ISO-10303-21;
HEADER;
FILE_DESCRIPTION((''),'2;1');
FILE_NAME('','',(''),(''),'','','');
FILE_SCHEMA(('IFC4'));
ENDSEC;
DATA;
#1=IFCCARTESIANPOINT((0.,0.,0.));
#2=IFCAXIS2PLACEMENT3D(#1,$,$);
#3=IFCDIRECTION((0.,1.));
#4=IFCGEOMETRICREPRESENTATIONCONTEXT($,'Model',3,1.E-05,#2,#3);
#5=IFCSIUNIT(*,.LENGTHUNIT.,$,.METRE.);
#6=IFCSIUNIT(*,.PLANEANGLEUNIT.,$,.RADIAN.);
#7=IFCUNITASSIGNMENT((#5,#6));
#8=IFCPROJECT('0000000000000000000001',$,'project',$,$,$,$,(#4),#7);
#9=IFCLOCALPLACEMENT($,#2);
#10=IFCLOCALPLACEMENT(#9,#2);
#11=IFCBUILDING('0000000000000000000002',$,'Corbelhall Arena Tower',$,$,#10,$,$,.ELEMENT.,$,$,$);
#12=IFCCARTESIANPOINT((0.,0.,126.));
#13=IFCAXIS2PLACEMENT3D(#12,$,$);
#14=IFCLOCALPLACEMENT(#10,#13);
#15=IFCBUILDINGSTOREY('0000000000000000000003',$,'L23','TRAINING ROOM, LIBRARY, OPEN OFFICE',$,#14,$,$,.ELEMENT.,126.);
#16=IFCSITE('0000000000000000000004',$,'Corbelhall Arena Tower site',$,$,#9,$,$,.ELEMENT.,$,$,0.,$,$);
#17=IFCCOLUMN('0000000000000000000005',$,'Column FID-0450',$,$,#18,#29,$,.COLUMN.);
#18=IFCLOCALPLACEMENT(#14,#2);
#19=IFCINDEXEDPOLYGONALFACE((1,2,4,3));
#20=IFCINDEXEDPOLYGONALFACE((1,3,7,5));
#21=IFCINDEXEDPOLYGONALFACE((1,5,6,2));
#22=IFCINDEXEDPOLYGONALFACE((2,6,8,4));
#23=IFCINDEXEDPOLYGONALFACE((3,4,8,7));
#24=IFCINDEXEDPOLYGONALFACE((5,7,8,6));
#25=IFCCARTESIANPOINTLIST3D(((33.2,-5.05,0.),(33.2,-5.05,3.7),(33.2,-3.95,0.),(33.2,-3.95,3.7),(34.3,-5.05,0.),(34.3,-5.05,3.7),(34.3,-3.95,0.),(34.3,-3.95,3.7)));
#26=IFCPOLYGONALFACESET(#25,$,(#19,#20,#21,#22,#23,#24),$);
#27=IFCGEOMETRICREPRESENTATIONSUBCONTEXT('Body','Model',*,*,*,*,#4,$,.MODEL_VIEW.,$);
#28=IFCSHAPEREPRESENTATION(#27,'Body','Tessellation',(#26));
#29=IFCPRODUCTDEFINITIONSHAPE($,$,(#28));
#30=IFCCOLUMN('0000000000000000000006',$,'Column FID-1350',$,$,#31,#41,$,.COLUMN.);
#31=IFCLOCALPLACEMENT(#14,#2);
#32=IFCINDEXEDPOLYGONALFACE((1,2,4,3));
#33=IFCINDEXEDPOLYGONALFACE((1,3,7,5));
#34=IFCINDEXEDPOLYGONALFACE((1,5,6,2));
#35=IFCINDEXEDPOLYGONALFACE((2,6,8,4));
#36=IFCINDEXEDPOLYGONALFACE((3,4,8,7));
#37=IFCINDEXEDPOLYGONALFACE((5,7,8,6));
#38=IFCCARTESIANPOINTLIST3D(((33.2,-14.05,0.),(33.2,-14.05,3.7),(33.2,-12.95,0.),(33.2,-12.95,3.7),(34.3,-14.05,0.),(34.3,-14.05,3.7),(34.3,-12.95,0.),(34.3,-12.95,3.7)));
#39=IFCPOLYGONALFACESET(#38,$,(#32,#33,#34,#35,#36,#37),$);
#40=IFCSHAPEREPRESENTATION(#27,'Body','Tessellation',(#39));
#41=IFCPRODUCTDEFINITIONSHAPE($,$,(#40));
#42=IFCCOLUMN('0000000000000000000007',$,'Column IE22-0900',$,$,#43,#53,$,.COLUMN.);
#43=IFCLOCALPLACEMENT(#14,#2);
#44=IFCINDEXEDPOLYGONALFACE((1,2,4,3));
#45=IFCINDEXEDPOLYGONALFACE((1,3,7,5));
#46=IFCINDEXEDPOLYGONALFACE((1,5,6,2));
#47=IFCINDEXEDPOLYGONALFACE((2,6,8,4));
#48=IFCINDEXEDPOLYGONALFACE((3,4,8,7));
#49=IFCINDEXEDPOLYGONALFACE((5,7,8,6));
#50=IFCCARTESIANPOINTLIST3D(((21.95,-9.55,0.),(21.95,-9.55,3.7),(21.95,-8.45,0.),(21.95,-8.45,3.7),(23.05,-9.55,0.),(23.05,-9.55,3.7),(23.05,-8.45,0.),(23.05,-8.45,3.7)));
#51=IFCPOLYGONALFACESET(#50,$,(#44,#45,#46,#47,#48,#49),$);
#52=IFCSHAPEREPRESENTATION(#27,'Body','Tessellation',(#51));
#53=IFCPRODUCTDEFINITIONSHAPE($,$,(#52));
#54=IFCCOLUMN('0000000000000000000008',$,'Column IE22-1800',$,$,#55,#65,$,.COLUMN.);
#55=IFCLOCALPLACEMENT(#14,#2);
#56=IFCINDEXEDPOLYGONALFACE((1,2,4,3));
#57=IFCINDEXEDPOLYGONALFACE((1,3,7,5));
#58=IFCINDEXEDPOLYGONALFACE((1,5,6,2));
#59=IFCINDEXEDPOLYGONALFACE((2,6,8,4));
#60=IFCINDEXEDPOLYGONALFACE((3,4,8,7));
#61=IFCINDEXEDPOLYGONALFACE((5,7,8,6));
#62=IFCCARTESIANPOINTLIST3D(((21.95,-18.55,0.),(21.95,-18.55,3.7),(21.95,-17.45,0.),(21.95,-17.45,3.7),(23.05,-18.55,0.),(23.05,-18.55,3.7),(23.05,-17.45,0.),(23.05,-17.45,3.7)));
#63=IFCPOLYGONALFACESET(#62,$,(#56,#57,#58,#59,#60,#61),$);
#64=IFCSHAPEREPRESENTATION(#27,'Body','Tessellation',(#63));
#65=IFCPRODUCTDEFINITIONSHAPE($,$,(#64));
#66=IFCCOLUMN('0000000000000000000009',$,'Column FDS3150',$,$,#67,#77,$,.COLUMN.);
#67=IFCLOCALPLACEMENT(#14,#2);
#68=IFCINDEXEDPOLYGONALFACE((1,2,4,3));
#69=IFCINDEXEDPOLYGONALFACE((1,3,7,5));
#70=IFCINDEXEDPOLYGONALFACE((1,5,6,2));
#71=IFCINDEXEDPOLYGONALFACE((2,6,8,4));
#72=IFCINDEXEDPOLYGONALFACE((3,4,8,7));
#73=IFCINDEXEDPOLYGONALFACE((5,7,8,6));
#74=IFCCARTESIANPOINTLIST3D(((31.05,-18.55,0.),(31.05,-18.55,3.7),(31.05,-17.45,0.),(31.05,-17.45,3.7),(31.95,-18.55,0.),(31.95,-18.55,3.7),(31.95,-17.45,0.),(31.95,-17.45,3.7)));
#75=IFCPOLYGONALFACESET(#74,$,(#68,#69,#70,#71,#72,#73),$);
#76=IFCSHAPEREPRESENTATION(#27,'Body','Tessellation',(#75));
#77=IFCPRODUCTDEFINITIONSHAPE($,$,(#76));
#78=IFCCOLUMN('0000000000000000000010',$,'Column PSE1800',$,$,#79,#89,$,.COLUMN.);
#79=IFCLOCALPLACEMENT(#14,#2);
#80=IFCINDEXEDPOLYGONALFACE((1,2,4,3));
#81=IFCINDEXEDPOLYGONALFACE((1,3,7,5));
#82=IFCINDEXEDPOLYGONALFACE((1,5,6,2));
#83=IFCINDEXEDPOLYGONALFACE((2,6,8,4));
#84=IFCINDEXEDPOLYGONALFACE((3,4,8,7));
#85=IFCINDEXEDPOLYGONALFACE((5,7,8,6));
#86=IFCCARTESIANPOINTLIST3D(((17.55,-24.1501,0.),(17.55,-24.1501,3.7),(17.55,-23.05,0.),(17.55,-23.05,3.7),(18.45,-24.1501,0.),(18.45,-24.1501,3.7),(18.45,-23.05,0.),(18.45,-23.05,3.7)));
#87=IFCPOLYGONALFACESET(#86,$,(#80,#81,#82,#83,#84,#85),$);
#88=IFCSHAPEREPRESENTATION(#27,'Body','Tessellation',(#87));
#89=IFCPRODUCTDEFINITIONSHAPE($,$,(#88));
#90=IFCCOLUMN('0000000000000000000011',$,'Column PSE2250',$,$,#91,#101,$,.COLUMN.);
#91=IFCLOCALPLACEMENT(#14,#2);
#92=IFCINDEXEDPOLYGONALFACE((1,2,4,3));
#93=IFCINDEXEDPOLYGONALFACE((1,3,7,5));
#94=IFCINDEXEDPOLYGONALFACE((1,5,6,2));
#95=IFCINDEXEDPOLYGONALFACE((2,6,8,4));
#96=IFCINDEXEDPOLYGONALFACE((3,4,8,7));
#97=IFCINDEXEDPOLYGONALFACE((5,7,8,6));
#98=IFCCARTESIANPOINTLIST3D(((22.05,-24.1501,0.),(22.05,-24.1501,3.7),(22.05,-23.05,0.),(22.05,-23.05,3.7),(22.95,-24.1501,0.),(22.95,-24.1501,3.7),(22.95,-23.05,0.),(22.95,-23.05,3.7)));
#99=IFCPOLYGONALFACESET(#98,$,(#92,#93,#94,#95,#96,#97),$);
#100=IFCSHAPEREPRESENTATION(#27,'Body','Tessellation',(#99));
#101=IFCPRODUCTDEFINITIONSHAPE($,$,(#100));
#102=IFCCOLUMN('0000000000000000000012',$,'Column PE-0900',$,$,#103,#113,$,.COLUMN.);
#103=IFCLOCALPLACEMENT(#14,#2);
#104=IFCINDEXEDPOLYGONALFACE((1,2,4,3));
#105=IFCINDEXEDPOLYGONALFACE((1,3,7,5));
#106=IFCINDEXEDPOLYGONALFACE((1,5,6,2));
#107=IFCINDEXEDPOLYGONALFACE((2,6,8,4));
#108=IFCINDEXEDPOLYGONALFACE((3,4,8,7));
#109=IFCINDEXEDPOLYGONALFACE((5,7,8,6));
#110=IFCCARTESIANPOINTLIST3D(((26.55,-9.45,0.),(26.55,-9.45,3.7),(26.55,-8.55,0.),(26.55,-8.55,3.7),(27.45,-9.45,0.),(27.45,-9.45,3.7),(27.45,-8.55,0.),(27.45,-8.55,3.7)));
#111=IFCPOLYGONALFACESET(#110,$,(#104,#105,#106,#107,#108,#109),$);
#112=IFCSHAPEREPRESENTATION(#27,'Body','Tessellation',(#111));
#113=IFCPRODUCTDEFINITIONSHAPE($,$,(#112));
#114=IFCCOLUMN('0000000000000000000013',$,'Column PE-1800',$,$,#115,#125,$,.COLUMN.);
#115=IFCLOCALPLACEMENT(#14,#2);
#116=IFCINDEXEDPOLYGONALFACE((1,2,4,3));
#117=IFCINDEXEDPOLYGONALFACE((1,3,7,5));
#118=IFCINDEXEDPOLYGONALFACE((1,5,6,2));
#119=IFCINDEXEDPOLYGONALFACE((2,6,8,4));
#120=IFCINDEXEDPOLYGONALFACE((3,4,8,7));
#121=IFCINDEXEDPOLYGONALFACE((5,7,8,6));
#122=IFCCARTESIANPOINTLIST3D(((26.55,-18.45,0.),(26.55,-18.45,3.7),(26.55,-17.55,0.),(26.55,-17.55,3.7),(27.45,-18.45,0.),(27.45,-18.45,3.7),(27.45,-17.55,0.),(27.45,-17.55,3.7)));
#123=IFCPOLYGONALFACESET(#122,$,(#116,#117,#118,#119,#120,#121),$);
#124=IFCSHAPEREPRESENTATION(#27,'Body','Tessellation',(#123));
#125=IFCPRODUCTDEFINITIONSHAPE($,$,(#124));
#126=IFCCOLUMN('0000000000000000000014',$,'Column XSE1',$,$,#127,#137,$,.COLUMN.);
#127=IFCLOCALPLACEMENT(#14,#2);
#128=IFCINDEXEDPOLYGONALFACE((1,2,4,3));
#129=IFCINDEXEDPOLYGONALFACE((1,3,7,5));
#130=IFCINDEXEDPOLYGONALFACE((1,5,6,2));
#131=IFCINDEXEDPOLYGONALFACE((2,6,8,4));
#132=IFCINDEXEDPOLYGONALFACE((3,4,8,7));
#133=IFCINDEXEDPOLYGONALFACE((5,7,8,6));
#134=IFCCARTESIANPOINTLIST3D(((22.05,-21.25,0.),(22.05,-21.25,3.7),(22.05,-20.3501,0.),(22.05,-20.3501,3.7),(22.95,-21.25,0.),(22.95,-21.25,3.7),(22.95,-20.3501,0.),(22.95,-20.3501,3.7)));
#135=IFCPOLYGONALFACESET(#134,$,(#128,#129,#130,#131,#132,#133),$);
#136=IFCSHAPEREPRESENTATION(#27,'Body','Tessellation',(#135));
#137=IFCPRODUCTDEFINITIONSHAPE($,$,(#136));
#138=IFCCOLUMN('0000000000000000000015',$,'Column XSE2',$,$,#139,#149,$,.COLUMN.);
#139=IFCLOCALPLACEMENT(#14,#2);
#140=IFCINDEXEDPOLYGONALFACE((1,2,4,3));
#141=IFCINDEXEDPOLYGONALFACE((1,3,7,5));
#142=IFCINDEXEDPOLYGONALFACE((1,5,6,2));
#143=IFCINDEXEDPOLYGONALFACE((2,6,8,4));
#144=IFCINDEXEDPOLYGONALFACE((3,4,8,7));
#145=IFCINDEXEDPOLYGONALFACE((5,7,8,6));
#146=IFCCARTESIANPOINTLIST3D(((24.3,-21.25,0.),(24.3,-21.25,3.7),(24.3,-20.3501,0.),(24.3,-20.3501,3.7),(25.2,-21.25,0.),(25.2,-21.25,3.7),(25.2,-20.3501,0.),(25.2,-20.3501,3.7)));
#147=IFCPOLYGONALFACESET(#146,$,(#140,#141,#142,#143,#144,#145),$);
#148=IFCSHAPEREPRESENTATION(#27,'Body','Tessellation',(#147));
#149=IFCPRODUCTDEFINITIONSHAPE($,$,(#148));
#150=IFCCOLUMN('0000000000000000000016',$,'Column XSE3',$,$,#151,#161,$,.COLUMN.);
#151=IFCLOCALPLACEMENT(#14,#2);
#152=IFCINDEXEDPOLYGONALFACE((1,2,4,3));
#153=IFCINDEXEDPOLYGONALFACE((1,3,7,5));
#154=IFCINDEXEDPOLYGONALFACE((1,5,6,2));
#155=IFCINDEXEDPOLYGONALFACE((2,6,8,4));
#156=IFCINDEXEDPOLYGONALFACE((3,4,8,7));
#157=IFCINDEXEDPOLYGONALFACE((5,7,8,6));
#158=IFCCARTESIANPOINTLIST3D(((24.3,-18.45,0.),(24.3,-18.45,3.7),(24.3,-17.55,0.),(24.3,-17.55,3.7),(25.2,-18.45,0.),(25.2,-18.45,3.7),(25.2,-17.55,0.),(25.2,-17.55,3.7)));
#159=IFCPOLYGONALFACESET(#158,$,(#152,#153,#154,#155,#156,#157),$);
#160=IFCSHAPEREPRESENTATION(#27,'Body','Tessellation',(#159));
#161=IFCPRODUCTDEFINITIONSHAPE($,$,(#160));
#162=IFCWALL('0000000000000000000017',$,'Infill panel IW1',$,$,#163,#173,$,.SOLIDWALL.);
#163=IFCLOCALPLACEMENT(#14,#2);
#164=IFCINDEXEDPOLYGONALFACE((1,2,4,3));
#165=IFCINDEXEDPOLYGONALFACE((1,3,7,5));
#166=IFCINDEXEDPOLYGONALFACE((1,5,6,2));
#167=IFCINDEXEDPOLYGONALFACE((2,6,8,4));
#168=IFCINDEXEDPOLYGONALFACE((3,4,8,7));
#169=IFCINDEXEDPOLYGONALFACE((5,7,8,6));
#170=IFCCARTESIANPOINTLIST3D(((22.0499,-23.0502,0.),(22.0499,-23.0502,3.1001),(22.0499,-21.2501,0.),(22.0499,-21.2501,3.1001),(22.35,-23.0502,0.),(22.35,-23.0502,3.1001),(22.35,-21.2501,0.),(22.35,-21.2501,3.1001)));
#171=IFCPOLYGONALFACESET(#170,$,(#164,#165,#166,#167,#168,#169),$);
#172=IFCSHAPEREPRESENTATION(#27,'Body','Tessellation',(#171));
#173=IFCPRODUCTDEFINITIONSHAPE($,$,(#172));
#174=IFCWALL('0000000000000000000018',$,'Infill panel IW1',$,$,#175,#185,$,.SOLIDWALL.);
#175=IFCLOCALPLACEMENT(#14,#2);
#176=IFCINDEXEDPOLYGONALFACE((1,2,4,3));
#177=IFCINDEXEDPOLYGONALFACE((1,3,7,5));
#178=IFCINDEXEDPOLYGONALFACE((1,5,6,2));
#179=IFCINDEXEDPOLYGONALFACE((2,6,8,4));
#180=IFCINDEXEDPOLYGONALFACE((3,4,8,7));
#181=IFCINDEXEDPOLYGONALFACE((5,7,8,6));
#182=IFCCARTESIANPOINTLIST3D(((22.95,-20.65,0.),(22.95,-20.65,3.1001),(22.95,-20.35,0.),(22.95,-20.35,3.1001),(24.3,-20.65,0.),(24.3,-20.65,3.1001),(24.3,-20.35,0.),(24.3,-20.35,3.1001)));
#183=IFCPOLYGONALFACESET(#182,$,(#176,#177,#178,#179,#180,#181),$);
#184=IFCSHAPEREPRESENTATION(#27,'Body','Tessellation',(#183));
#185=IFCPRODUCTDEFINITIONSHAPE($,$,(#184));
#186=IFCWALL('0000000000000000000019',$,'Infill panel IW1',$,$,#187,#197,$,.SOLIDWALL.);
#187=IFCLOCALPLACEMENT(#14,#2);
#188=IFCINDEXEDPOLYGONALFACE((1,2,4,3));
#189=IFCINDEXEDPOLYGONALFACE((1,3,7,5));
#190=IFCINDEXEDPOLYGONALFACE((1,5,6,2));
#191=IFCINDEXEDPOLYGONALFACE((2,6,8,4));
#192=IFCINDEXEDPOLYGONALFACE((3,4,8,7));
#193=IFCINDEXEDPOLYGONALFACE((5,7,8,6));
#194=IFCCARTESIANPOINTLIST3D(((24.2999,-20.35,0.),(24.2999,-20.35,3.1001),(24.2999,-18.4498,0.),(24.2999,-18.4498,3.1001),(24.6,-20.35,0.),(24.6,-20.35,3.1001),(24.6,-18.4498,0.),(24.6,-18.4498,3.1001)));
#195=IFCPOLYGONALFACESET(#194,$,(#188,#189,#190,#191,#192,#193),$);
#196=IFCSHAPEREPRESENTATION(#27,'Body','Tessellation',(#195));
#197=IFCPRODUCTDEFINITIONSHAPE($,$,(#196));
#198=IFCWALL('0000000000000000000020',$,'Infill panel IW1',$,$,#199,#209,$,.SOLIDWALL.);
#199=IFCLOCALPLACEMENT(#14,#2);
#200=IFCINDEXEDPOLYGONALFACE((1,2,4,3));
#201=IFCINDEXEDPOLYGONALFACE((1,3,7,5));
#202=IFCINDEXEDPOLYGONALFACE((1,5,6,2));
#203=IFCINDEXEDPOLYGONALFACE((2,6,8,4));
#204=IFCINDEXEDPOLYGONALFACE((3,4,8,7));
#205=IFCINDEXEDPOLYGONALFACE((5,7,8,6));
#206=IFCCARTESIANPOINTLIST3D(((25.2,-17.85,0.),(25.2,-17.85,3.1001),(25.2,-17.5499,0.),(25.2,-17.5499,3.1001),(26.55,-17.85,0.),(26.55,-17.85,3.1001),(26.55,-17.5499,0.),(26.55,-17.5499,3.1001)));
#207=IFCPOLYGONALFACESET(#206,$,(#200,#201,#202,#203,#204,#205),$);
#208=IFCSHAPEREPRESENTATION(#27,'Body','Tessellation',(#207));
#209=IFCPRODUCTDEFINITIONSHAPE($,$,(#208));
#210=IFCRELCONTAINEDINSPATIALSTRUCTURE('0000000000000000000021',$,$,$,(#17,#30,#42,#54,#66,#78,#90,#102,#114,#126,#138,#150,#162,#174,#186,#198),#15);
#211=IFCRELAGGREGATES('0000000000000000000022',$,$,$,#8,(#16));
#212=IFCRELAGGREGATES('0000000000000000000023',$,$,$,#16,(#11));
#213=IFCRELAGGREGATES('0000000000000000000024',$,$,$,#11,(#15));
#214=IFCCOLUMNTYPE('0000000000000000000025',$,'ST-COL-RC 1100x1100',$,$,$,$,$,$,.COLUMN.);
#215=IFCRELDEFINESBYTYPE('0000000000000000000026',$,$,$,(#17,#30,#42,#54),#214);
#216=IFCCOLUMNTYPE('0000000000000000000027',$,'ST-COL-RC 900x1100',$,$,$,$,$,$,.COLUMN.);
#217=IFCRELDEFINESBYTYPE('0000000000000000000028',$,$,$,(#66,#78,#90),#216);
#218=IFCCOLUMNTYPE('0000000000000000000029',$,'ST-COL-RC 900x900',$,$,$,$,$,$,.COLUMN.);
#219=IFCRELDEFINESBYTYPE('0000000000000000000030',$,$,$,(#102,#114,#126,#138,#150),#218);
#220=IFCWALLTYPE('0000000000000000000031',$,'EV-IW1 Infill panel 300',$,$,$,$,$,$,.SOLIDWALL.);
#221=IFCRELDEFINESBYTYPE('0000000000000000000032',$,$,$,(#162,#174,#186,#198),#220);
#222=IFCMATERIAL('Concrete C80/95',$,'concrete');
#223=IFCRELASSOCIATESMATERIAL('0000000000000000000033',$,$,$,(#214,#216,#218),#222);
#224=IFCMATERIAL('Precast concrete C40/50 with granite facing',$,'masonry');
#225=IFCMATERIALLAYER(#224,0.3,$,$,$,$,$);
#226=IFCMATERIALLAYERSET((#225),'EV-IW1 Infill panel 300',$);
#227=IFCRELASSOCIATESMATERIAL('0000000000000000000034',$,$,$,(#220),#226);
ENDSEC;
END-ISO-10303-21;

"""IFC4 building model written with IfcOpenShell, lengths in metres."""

from ifc_helpers import new_model, si_unit, direction, frame, frame_2d, origin, origin_2d, place, context, subcontext, project, spatial, rectangle, extrude, material, layer, layer_set, material_profile, profile_set, type_object, element, save


model = new_model("IFC4")

# Units and contexts
model_context = context("Model", 3, precision=1e-05, world=origin(), true_north=direction((0.0, 1.0)))
body_context = subcontext(model_context, "Body", "Model", "MODEL_VIEW")
ifc_project = project(units=[si_unit("LENGTHUNIT", "METRE"), si_unit("PLANEANGLEUNIT", "RADIAN")], contexts=[model_context])

# Site, building, storey
site_placement = place(None, origin())
site = spatial("IfcSite", under=ifc_project, at=site_placement, Name="Corbelhall Arena Tower site", CompositionType="ELEMENT", RefElevation=0.0)
building_placement = place(site_placement, origin())
building = spatial("IfcBuilding", under=site, at=building_placement, Name="Corbelhall Arena Tower", CompositionType="ELEMENT")
storey_placement = place(building_placement, frame((0.0, 0.0, 126.0)))
storey = spatial("IfcBuildingStorey", under=building, at=storey_placement, Name="L23", Description="TRAINING ROOM, LIBRARY, OPEN OFFICE", CompositionType="ELEMENT", Elevation=126.0)

# Columns
ifc_material_1 = material(Name="Concrete C80/95", Category="concrete")
ifc_material_profile_1 = material_profile(ifc_material_1, rectangle(XDim=1.1001, YDim=1.1001, at=origin_2d()))
ifc_profile_set_1 = profile_set([ifc_material_profile_1], Name="Concrete C80/95")
column_type_1 = type_object("IfcColumnType", Name="ST-COL-RC 1100x1100", PredefinedType="COLUMN", material=ifc_profile_set_1)
for number, where, z_axis, x_axis, name in (
    (1, (33.75, -4.5, 0.0), (0.0, 0.0, 1.0), (1.0, 0.0, 0.0), "Column FID-0450"),
    (2, (33.75, -13.5, 0.0), (0.0, 0.0, 1.0), (1.0, 0.0, 0.0), "Column FID-1350"),
    (3, (22.5, -9.0, 0.0), (0.0, 0.0, 1.0), (1.0, 0.0, 0.0), "Column IE22-0900"),
    (4, (22.5, -18.0, 0.0), (0.0, 0.0, 1.0), (1.0, 0.0, 0.0), "Column IE22-1800"),
):
    element("IfcColumn", number, at=place(storey_placement, frame(where, z_axis=z_axis, x_axis=x_axis)), inside=storey, type_object=column_type_1, Name=name, PredefinedType="COLUMN", context=body_context, shape_type="SweptSolid", body=[
        extrude(rectangle(XDim=1.1001, YDim=1.1001, at=origin_2d()), origin(), (0.0, 0.0, 1.0), 3.7),
    ])
ifc_material_profile_2 = material_profile(ifc_material_1, rectangle(XDim=0.8999, YDim=1.1001, at=origin_2d()))
ifc_profile_set_2 = profile_set([ifc_material_profile_2], Name="Concrete C80/95")
column_type_2 = type_object("IfcColumnType", Name="ST-COL-RC 900x1100", PredefinedType="COLUMN", material=ifc_profile_set_2)
for number, where, z_axis, x_axis, name in (
    (5, (31.5, -18.0, 0.0), (0.0, 0.0, 1.0), (1.0, 0.0, 0.0), "Column FDS3150"),
    (6, (18.0, -23.6001, 0.0), (0.0, 0.0, 1.0), (1.0, 0.0, 0.0), "Column PSE1800"),
    (7, (22.5, -23.6001, 0.0), (0.0, 0.0, 1.0), (1.0, 0.0, 0.0), "Column PSE2250"),
):
    element("IfcColumn", number, at=place(storey_placement, frame(where, z_axis=z_axis, x_axis=x_axis)), inside=storey, type_object=column_type_2, Name=name, PredefinedType="COLUMN", context=body_context, shape_type="SweptSolid", body=[
        extrude(rectangle(XDim=0.8999, YDim=1.1001, at=origin_2d()), origin(), (0.0, 0.0, 1.0), 3.7),
    ])
ifc_material_profile_3 = material_profile(ifc_material_1, rectangle(XDim=0.8999, YDim=0.8999, at=origin_2d()))
ifc_profile_set_3 = profile_set([ifc_material_profile_3], Name="Concrete C80/95")
column_type_3 = type_object("IfcColumnType", Name="ST-COL-RC 900x900", PredefinedType="COLUMN", material=ifc_profile_set_3)
for number, where, z_axis, x_axis, name in (
    (8, (27.0, -9.0, 0.0), (0.0, 0.0, 1.0), (1.0, 0.0, 0.0), "Column PE-0900"),
    (9, (27.0, -18.0, 0.0), (0.0, 0.0, 1.0), (1.0, 0.0, 0.0), "Column PE-1800"),
    (10, (22.5, -20.8, 0.0), (0.0, 0.0, 1.0), (1.0, 0.0, 0.0), "Column XSE1"),
    (11, (24.75, -20.8, 0.0), (0.0, 0.0, 1.0), (1.0, 0.0, 0.0), "Column XSE2"),
    (12, (24.75, -18.0, 0.0), (0.0, 0.0, 1.0), (1.0, 0.0, 0.0), "Column XSE3"),
):
    element("IfcColumn", number, at=place(storey_placement, frame(where, z_axis=z_axis, x_axis=x_axis)), inside=storey, type_object=column_type_3, Name=name, PredefinedType="COLUMN", context=body_context, shape_type="SweptSolid", body=[
        extrude(rectangle(XDim=0.8999, YDim=0.8999, at=origin_2d()), origin(), (0.0, 0.0, 1.0), 3.7),
    ])

# Shared definitions
ifc_material_2 = material(Name="Precast concrete C40/50 with granite facing", Category="masonry")
ifc_layer_1 = layer(ifc_material_2, 0.3)
ifc_layer_set_1 = layer_set([ifc_layer_1], Name="EV-IW1 Infill panel 300")
wall_type_1 = type_object("IfcWallType", Name="EV-IW1 Infill panel 300", PredefinedType="SOLIDWALL", material=ifc_layer_set_1)

# Walls
wall_1_placement = place(storey_placement, frame((22.2, -23.05, 0.0), z_axis=(0.0, 0.0, 1.0), x_axis=(0.0, 1.0, 0.0)))
element("IfcWall", 13, at=wall_1_placement, inside=storey, type_object=wall_type_1, Name="Infill panel IW1", PredefinedType="SOLIDWALL", context=body_context, shape_type="SweptSolid", body=[
    extrude(rectangle(XDim=1.8, YDim=0.3, at=frame_2d((0.8999, 0.0))), origin(), (0.0, 0.0, 1.0), 3.1001),
])
wall_2_placement = place(storey_placement, frame((22.95, -20.5, 0.0), z_axis=(0.0, 0.0, 1.0), x_axis=(1.0, 0.0, 0.0)))
element("IfcWall", 14, at=wall_2_placement, inside=storey, type_object=wall_type_1, Name="Infill panel IW1", PredefinedType="SOLIDWALL", context=body_context, shape_type="SweptSolid", body=[
    extrude(rectangle(XDim=1.3501, YDim=0.3, at=frame_2d((0.675, 0.0))), origin(), (0.0, 0.0, 1.0), 3.1001),
])
wall_3_placement = place(storey_placement, frame((24.45, -20.3501, 0.0), z_axis=(0.0, 0.0, 1.0), x_axis=(0.0, 1.0, 0.0)))
element("IfcWall", 15, at=wall_3_placement, inside=storey, type_object=wall_type_1, Name="Infill panel IW1", PredefinedType="SOLIDWALL", context=body_context, shape_type="SweptSolid", body=[
    extrude(rectangle(XDim=1.9001, YDim=0.3, at=frame_2d((0.9502, 0.0))), origin(), (0.0, 0.0, 1.0), 3.1001),
])
wall_4_placement = place(storey_placement, frame((25.2, -17.7, 0.0), z_axis=(0.0, 0.0, 1.0), x_axis=(1.0, 0.0, 0.0)))
element("IfcWall", 16, at=wall_4_placement, inside=storey, type_object=wall_type_1, Name="Infill panel IW1", PredefinedType="SOLIDWALL", context=body_context, shape_type="SweptSolid", body=[
    extrude(rectangle(XDim=1.3501, YDim=0.3, at=frame_2d((0.675, 0.0))), origin(), (0.0, 0.0, 1.0), 3.1001),
])

save(model, "model.ifc")
